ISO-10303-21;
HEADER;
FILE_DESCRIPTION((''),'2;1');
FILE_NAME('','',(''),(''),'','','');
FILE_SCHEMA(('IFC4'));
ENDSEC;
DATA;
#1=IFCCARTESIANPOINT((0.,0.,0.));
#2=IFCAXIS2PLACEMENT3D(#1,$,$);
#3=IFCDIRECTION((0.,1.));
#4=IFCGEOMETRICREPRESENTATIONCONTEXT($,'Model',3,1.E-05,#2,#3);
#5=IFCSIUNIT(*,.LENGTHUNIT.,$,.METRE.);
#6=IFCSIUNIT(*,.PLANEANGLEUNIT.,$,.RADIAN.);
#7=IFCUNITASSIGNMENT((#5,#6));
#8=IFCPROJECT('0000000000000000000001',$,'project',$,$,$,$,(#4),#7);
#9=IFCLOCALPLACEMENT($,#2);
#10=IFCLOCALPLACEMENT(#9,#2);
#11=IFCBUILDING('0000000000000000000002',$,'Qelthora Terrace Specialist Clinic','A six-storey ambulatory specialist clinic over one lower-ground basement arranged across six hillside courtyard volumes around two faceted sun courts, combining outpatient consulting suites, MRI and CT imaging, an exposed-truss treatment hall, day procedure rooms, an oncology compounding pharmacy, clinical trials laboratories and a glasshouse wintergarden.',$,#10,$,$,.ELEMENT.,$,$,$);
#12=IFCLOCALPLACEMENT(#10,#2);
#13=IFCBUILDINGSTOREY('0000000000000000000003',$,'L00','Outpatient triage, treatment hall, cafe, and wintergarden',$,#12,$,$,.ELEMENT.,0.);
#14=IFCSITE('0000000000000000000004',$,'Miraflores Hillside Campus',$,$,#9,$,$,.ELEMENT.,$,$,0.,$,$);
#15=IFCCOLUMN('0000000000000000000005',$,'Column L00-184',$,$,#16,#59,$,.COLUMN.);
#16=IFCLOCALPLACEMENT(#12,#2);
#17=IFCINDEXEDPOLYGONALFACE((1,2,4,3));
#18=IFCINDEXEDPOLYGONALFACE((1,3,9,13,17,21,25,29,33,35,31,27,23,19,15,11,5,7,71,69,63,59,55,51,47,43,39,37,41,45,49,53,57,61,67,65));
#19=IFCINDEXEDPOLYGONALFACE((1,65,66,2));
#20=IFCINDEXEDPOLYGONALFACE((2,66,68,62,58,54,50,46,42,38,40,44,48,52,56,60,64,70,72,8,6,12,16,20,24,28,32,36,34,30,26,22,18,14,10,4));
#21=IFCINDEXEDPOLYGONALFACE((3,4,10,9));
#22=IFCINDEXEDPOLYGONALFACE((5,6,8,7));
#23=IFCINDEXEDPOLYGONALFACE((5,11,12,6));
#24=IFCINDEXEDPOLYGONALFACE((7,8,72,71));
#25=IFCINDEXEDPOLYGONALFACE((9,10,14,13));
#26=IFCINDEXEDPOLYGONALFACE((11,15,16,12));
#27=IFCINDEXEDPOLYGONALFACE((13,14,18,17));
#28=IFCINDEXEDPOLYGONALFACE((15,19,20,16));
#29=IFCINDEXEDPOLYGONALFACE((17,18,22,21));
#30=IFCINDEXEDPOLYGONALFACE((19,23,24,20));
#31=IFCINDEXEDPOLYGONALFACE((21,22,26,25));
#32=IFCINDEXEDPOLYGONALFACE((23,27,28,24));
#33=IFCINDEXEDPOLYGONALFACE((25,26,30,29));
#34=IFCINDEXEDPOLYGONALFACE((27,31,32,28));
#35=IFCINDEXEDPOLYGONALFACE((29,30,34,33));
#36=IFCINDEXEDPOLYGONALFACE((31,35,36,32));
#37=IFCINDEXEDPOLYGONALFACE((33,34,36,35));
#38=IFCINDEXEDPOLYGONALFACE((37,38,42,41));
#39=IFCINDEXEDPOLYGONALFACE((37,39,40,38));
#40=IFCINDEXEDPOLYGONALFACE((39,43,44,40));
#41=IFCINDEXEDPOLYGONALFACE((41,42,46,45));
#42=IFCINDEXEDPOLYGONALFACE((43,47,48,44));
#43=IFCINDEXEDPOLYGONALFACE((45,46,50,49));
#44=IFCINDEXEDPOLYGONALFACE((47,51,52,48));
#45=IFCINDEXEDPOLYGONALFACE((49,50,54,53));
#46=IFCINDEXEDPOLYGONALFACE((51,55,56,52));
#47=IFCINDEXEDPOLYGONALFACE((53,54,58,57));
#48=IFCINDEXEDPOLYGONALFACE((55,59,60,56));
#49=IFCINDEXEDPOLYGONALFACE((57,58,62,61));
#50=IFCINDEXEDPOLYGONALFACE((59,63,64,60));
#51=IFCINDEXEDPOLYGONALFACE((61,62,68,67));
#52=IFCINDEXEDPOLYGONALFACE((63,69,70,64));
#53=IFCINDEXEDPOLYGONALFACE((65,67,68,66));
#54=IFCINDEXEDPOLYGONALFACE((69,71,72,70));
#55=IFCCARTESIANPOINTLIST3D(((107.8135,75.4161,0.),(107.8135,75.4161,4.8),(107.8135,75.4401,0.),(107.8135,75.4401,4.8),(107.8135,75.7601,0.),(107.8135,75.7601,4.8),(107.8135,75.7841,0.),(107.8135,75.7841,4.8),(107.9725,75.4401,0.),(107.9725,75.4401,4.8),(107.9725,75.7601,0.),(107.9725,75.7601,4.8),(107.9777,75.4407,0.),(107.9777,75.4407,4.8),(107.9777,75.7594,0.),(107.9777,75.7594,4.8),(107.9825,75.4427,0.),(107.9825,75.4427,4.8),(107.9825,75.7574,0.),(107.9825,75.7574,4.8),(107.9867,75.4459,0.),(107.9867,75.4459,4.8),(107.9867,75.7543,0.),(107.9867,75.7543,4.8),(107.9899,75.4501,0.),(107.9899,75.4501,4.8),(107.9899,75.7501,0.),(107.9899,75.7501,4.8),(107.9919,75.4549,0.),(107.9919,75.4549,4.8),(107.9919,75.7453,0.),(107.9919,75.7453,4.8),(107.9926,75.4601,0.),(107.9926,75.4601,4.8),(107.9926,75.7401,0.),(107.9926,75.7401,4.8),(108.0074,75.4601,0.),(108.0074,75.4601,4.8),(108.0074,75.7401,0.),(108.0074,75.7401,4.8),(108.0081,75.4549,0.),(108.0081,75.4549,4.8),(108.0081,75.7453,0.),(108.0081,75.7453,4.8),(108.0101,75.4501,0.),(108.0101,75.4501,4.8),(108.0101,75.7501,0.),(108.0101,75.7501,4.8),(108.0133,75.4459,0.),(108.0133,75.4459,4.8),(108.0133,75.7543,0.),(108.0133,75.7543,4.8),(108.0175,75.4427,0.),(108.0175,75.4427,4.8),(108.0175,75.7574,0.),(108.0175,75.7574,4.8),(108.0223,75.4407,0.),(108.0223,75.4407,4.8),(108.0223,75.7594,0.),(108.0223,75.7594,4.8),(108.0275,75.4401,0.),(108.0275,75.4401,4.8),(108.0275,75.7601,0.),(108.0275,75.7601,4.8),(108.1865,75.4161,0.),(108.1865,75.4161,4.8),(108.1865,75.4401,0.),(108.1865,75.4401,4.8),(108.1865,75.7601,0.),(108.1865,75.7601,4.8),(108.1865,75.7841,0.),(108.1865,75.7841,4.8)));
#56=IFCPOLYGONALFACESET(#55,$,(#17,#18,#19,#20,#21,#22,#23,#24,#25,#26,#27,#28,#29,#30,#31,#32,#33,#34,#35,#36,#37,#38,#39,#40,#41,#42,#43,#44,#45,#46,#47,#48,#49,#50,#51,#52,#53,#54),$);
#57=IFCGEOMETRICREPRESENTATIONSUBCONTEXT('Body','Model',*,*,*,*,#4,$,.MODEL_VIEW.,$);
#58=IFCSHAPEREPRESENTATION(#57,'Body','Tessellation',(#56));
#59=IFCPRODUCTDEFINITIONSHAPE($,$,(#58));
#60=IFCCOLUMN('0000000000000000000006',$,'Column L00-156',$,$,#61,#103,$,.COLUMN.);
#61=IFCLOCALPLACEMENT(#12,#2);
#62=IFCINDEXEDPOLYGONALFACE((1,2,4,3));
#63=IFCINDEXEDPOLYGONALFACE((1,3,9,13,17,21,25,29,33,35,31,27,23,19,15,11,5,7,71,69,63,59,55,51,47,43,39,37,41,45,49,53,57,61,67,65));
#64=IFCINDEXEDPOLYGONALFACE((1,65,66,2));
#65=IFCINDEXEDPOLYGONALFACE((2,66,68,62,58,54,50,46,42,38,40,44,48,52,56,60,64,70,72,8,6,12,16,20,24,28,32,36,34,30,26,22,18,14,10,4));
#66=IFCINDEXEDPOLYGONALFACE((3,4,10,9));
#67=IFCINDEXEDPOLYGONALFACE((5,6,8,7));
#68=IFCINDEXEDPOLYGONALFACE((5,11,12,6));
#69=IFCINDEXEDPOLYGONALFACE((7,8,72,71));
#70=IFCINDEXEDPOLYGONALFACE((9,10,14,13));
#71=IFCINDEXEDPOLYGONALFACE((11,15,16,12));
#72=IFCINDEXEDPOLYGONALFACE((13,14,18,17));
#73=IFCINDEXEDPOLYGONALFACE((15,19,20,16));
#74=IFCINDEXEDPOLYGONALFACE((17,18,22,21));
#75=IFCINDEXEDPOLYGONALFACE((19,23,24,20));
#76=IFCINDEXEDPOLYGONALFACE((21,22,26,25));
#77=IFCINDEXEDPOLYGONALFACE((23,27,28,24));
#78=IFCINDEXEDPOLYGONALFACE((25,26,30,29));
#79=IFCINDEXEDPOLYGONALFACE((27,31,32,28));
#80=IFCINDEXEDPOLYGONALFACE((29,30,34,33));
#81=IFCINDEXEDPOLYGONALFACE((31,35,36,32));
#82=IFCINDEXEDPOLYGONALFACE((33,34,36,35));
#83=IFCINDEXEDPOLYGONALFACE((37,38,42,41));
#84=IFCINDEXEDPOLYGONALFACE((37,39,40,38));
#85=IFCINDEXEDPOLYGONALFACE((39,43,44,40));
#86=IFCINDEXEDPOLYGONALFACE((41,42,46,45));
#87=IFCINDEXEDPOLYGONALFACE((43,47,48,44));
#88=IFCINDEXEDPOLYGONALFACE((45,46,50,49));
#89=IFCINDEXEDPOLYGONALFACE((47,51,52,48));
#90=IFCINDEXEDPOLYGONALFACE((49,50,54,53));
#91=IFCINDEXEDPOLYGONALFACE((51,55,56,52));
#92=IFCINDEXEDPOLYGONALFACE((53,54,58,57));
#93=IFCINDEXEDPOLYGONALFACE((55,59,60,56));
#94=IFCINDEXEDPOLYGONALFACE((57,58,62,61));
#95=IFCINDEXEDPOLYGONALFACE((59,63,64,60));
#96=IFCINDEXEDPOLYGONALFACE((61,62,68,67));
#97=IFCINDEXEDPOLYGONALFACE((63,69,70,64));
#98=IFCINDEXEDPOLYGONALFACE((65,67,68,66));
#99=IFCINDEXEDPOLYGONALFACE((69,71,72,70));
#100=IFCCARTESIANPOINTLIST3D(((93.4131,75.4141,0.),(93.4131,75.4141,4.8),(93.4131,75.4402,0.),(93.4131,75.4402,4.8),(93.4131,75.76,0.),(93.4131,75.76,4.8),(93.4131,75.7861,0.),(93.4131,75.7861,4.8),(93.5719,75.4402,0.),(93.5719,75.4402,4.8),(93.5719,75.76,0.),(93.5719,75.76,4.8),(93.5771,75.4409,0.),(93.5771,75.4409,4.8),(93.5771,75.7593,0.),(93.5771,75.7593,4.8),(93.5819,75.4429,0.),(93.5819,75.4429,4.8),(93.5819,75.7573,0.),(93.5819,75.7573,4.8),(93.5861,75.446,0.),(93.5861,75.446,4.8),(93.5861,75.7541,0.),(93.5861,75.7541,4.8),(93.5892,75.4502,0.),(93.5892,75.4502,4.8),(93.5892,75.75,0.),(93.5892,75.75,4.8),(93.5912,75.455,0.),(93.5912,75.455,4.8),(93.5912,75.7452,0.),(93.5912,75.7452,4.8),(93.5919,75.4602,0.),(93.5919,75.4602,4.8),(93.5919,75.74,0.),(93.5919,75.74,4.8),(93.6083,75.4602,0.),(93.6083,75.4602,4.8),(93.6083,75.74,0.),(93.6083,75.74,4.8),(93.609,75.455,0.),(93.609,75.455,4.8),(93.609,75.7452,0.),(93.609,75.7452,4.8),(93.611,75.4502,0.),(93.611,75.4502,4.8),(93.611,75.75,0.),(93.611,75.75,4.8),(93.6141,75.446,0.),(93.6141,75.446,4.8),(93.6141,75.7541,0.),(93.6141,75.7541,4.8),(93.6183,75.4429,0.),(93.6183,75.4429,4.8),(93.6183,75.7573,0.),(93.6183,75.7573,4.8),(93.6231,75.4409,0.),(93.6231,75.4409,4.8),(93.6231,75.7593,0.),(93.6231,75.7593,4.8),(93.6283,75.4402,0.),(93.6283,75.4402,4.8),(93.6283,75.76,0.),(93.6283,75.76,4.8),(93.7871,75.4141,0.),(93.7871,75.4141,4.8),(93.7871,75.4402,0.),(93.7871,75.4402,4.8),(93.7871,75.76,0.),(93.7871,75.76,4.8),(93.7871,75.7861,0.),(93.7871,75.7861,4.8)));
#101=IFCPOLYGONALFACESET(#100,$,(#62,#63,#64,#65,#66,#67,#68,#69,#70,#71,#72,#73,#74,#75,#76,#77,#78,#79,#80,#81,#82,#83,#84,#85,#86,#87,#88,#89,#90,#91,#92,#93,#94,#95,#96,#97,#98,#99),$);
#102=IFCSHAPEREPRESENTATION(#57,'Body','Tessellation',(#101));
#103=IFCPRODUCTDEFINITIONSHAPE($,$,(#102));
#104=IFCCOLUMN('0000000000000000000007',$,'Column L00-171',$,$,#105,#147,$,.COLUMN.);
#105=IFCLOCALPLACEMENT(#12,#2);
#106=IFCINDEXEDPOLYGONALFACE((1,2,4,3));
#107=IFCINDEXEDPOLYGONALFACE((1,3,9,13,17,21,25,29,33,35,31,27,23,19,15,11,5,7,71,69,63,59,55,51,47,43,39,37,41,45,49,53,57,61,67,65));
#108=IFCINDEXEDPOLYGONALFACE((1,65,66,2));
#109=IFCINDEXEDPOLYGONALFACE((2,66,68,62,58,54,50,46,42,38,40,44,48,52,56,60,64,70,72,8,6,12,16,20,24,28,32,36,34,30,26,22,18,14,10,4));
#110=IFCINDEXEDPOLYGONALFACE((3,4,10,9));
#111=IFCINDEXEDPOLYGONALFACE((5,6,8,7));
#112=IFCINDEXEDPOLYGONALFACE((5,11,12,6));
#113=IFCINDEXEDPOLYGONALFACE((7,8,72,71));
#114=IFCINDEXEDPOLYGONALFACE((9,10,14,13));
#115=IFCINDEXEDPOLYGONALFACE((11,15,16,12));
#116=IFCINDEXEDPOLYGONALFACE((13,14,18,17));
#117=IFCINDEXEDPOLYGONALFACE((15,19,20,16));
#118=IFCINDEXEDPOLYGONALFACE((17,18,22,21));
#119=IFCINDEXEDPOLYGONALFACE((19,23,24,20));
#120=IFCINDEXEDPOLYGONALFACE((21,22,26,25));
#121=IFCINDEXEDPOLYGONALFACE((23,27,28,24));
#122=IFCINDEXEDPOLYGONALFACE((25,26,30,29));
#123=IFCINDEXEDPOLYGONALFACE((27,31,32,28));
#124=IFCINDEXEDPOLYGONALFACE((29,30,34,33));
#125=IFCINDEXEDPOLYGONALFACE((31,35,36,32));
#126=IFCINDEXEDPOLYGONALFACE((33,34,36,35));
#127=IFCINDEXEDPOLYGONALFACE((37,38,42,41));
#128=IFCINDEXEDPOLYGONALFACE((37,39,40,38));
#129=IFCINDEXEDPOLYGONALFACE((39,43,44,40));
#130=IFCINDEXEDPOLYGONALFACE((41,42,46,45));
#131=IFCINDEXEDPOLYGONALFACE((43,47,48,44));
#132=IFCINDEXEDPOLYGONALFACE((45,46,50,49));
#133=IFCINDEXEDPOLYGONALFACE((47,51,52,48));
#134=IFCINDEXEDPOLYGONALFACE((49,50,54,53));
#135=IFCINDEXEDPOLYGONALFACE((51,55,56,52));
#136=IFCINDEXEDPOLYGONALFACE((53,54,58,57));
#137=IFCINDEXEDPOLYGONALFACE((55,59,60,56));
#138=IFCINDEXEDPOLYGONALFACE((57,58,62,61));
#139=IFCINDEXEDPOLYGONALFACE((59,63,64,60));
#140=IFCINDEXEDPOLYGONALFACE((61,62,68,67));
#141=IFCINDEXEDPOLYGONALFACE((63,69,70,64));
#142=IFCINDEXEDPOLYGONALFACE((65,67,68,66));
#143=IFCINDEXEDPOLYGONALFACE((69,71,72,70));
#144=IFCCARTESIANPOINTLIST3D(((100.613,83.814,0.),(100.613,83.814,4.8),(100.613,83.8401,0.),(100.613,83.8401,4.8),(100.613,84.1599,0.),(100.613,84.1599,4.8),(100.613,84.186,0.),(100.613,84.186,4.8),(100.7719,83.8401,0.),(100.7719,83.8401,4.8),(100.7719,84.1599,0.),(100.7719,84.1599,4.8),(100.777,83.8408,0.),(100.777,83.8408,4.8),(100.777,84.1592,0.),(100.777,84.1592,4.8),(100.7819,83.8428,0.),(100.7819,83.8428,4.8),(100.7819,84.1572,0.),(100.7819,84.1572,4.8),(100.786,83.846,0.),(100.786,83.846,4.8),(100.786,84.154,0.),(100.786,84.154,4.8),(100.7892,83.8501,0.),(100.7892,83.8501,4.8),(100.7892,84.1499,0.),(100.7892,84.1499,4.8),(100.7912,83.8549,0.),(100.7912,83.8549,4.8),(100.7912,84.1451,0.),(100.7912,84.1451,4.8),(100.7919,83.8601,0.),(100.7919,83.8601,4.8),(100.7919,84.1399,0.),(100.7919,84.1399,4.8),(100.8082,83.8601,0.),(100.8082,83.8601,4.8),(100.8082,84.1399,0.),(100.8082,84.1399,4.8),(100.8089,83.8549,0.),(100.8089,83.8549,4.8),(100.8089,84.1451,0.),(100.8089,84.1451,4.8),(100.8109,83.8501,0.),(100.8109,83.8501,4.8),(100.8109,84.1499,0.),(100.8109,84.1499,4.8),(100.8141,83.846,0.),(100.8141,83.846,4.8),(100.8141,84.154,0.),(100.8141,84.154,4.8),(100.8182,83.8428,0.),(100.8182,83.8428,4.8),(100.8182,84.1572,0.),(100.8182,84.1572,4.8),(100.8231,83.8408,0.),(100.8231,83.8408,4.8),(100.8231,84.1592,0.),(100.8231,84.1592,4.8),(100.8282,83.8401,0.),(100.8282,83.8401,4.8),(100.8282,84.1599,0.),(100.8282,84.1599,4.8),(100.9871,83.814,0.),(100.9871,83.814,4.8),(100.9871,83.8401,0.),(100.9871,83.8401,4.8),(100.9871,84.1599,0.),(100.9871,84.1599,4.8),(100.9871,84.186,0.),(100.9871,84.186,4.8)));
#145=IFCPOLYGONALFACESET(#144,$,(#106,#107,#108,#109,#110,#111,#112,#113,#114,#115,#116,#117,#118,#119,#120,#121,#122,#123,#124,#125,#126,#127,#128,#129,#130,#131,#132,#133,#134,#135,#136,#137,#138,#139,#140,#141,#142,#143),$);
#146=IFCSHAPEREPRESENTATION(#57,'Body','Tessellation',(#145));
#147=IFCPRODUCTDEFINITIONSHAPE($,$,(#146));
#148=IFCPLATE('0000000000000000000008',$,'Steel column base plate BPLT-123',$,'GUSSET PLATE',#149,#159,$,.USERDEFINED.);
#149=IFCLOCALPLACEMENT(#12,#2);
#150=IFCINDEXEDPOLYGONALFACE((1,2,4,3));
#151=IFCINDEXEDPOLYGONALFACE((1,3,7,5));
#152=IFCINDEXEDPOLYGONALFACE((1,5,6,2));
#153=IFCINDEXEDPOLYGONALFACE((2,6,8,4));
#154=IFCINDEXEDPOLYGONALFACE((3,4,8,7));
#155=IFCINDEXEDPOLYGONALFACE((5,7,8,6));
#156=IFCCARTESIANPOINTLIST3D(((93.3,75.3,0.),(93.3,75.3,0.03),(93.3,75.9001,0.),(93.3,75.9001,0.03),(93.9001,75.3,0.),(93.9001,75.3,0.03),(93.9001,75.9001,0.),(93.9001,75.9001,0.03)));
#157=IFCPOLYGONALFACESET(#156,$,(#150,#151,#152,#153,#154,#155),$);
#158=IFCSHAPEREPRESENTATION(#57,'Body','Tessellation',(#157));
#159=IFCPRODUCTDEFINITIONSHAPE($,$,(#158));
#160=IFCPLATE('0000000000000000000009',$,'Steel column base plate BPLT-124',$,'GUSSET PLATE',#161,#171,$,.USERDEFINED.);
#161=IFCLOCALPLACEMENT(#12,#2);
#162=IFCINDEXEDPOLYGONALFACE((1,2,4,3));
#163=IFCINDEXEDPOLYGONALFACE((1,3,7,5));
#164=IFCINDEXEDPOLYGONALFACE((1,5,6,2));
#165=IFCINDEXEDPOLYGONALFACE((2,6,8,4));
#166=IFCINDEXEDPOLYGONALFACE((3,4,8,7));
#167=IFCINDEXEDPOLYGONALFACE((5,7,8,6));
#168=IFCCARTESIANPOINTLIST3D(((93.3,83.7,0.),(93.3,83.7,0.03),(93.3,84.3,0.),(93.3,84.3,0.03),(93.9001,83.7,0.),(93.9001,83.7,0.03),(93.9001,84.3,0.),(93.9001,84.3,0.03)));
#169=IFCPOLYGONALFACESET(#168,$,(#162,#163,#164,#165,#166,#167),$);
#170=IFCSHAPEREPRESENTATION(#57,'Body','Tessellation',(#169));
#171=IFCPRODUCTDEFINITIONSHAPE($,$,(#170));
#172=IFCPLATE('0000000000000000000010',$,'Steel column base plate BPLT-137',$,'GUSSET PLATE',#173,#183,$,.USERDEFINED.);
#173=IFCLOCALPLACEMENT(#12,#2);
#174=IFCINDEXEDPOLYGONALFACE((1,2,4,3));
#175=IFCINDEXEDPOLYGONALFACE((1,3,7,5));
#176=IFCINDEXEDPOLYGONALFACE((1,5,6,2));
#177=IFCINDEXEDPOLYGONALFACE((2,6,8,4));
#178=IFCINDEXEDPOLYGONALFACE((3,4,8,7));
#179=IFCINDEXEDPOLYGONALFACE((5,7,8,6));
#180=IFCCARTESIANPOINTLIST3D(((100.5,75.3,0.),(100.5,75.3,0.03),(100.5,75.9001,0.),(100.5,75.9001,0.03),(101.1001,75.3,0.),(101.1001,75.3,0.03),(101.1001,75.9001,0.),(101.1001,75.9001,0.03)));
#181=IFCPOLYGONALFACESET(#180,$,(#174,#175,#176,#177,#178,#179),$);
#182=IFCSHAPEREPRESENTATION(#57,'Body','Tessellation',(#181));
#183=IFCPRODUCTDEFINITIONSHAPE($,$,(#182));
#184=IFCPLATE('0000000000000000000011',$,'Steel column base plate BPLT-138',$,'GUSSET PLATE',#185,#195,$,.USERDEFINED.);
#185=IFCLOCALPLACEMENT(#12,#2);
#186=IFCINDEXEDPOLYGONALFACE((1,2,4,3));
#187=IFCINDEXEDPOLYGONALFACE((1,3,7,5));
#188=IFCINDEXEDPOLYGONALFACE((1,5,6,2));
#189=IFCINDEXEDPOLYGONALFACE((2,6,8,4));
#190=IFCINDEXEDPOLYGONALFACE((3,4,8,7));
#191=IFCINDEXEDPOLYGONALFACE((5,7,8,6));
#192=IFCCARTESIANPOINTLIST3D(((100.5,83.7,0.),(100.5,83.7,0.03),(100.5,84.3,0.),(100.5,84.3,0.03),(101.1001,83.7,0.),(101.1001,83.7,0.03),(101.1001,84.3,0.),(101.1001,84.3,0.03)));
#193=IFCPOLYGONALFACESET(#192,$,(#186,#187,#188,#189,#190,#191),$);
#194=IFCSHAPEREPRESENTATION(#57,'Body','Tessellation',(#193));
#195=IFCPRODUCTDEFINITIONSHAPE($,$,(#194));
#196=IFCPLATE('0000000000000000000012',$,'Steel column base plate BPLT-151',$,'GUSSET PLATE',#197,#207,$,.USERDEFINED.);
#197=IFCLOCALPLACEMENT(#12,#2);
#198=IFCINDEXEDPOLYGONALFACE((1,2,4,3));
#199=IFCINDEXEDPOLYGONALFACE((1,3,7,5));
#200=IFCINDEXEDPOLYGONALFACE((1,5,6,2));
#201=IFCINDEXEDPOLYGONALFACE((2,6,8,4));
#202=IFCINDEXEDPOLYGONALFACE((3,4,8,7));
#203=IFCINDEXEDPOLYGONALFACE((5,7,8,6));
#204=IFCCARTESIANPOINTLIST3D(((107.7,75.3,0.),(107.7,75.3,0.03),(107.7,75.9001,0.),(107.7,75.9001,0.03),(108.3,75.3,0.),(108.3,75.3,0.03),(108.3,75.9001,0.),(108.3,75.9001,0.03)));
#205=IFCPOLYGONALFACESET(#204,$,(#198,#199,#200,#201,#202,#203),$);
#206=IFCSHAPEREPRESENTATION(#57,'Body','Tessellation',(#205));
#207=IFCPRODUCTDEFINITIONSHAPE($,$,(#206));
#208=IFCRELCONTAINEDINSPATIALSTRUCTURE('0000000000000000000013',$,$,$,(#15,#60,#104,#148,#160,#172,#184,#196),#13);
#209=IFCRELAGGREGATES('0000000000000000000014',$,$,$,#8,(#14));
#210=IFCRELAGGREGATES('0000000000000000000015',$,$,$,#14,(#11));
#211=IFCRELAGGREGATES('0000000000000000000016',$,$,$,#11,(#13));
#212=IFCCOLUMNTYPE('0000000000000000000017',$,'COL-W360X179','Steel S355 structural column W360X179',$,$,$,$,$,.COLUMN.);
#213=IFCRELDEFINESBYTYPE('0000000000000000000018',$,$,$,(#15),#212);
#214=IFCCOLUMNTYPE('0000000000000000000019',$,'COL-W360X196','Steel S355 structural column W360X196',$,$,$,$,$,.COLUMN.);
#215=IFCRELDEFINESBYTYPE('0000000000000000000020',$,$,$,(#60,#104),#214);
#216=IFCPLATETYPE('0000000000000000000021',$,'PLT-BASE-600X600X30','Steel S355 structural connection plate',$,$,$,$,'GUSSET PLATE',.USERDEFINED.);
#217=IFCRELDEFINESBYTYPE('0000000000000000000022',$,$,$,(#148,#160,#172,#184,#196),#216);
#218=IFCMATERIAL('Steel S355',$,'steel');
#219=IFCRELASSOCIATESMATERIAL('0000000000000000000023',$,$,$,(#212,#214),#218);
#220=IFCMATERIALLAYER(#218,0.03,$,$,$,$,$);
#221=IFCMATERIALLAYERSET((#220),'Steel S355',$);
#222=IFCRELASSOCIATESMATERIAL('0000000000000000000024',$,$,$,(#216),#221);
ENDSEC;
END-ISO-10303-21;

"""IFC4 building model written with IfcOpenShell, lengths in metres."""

from ifc_helpers import new_model, si_unit, direction, frame, origin, origin_2d, place, context, subcontext, project, spatial, rectangle, i_section, extrude, material, layer, layer_set, material_profile, profile_set, type_object, element, save


model = new_model("IFC4")

# Units and contexts
model_context = context("Model", 3, precision=1e-05, world=origin(), true_north=direction((0.0, 1.0)))
body_context = subcontext(model_context, "Body", "Model", "MODEL_VIEW")
ifc_project = project(units=[si_unit("LENGTHUNIT", "METRE"), si_unit("PLANEANGLEUNIT", "RADIAN")], contexts=[model_context])

# Site, building, storey
site_placement = place(None, origin())
site = spatial("IfcSite", under=ifc_project, at=site_placement, Name="Miraflores Hillside Campus", CompositionType="ELEMENT", RefElevation=0.0)
building_placement = place(site_placement, origin())
building = spatial("IfcBuilding", under=site, at=building_placement, Name="Qelthora Terrace Specialist Clinic", Description="A six-storey ambulatory specialist clinic over one lower-ground basement arranged across six hillside courtyard volumes around two faceted sun courts, combining outpatient consulting suites, MRI and CT imaging, an exposed-truss treatment hall, day procedure rooms, an oncology compounding pharmacy, clinical trials laboratories and a glasshouse wintergarden.", CompositionType="ELEMENT")
storey_placement = place(building_placement, origin())
storey = spatial("IfcBuildingStorey", under=building, at=storey_placement, Name="L00", Description="Outpatient triage, treatment hall, cafe, and wintergarden", CompositionType="ELEMENT", Elevation=0.0)

# Columns
ifc_material_1 = material(Name="Steel S355", Category="steel")
ifc_material_profile_1 = material_profile(ifc_material_1, i_section(OverallWidth=0.373, OverallDepth=0.3679, WebThickness=0.0149, FlangeThickness=0.0239, FilletRadius=0.02, at=origin_2d()), Name="W360X179")
ifc_profile_set_1 = profile_set([ifc_material_profile_1], Name="Steel S355")
column_type_1 = type_object("IfcColumnType", Name="COL-W360X179", Description="Steel S355 structural column W360X179", PredefinedType="COLUMN", material=ifc_profile_set_1)
for number, where, z_axis, x_axis, name in (
    (1, (108.0, 75.6001, 0.0), (0.0, 0.0, 1.0), (1.0, 0.0, 0.0), "Column L00-184"),
):
    element("IfcColumn", number, at=place(storey_placement, frame(where, z_axis=z_axis, x_axis=x_axis)), inside=storey, type_object=column_type_1, Name=name, PredefinedType="COLUMN", context=body_context, shape_type="SweptSolid", body=[
        extrude(i_section(OverallWidth=0.373, OverallDepth=0.3679, WebThickness=0.0149, FlangeThickness=0.0239, FilletRadius=0.02, at=origin_2d()), origin(), (0.0, 0.0, 1.0), 4.8),
    ])
ifc_material_profile_2 = material_profile(ifc_material_1, i_section(OverallWidth=0.374, OverallDepth=0.3721, WebThickness=0.0164, FlangeThickness=0.0261, FilletRadius=0.02, at=origin_2d()), Name="W360X196")
ifc_profile_set_2 = profile_set([ifc_material_profile_2], Name="Steel S355")
column_type_2 = type_object("IfcColumnType", Name="COL-W360X196", Description="Steel S355 structural column W360X196", PredefinedType="COLUMN", material=ifc_profile_set_2)
for number, where, z_axis, x_axis, name in (
    (2, (93.6001, 75.6001, 0.0), (0.0, 0.0, 1.0), (1.0, 0.0, 0.0), "Column L00-156"),
    (3, (100.8, 84.0, 0.0), (0.0, 0.0, 1.0), (1.0, 0.0, 0.0), "Column L00-171"),
):
    element("IfcColumn", number, at=place(storey_placement, frame(where, z_axis=z_axis, x_axis=x_axis)), inside=storey, type_object=column_type_2, Name=name, PredefinedType="COLUMN", context=body_context, shape_type="SweptSolid", body=[
        extrude(i_section(OverallWidth=0.374, OverallDepth=0.3721, WebThickness=0.0164, FlangeThickness=0.0261, FilletRadius=0.02, at=origin_2d()), origin(), (0.0, 0.0, 1.0), 4.8),
    ])

# Plates
ifc_layer_1 = layer(ifc_material_1, 0.03)
ifc_layer_set_1 = layer_set([ifc_layer_1], Name="Steel S355")
plate_type = type_object("IfcPlateType", Name="PLT-BASE-600X600X30", Description="Steel S355 structural connection plate", ElementType="GUSSET PLATE", PredefinedType="USERDEFINED", material=ifc_layer_set_1)
for number, where, z_axis, x_axis, name in (
    (4, (93.6001, 75.6001, 0.0), (0.0, 0.0, 1.0), (1.0, 0.0, 0.0), "Steel column base plate BPLT-123"),
    (5, (93.6001, 84.0, 0.0), (0.0, 0.0, 1.0), (1.0, 0.0, 0.0), "Steel column base plate BPLT-124"),
    (6, (100.8, 75.6001, 0.0), (0.0, 0.0, 1.0), (1.0, 0.0, 0.0), "Steel column base plate BPLT-137"),
    (7, (100.8, 84.0, 0.0), (0.0, 0.0, 1.0), (1.0, 0.0, 0.0), "Steel column base plate BPLT-138"),
    (8, (108.0, 75.6001, 0.0), (0.0, 0.0, 1.0), (1.0, 0.0, 0.0), "Steel column base plate BPLT-151"),
):
    element("IfcPlate", number, at=place(storey_placement, frame(where, z_axis=z_axis, x_axis=x_axis)), inside=storey, type_object=plate_type, Name=name, ObjectType="GUSSET PLATE", PredefinedType="USERDEFINED", context=body_context, shape_type="SweptSolid", body=[
        extrude(rectangle(XDim=0.6001, YDim=0.6001, at=origin_2d()), origin(), (0.0, 0.0, 1.0), 0.03),
    ])

save(model, "model.ifc")
